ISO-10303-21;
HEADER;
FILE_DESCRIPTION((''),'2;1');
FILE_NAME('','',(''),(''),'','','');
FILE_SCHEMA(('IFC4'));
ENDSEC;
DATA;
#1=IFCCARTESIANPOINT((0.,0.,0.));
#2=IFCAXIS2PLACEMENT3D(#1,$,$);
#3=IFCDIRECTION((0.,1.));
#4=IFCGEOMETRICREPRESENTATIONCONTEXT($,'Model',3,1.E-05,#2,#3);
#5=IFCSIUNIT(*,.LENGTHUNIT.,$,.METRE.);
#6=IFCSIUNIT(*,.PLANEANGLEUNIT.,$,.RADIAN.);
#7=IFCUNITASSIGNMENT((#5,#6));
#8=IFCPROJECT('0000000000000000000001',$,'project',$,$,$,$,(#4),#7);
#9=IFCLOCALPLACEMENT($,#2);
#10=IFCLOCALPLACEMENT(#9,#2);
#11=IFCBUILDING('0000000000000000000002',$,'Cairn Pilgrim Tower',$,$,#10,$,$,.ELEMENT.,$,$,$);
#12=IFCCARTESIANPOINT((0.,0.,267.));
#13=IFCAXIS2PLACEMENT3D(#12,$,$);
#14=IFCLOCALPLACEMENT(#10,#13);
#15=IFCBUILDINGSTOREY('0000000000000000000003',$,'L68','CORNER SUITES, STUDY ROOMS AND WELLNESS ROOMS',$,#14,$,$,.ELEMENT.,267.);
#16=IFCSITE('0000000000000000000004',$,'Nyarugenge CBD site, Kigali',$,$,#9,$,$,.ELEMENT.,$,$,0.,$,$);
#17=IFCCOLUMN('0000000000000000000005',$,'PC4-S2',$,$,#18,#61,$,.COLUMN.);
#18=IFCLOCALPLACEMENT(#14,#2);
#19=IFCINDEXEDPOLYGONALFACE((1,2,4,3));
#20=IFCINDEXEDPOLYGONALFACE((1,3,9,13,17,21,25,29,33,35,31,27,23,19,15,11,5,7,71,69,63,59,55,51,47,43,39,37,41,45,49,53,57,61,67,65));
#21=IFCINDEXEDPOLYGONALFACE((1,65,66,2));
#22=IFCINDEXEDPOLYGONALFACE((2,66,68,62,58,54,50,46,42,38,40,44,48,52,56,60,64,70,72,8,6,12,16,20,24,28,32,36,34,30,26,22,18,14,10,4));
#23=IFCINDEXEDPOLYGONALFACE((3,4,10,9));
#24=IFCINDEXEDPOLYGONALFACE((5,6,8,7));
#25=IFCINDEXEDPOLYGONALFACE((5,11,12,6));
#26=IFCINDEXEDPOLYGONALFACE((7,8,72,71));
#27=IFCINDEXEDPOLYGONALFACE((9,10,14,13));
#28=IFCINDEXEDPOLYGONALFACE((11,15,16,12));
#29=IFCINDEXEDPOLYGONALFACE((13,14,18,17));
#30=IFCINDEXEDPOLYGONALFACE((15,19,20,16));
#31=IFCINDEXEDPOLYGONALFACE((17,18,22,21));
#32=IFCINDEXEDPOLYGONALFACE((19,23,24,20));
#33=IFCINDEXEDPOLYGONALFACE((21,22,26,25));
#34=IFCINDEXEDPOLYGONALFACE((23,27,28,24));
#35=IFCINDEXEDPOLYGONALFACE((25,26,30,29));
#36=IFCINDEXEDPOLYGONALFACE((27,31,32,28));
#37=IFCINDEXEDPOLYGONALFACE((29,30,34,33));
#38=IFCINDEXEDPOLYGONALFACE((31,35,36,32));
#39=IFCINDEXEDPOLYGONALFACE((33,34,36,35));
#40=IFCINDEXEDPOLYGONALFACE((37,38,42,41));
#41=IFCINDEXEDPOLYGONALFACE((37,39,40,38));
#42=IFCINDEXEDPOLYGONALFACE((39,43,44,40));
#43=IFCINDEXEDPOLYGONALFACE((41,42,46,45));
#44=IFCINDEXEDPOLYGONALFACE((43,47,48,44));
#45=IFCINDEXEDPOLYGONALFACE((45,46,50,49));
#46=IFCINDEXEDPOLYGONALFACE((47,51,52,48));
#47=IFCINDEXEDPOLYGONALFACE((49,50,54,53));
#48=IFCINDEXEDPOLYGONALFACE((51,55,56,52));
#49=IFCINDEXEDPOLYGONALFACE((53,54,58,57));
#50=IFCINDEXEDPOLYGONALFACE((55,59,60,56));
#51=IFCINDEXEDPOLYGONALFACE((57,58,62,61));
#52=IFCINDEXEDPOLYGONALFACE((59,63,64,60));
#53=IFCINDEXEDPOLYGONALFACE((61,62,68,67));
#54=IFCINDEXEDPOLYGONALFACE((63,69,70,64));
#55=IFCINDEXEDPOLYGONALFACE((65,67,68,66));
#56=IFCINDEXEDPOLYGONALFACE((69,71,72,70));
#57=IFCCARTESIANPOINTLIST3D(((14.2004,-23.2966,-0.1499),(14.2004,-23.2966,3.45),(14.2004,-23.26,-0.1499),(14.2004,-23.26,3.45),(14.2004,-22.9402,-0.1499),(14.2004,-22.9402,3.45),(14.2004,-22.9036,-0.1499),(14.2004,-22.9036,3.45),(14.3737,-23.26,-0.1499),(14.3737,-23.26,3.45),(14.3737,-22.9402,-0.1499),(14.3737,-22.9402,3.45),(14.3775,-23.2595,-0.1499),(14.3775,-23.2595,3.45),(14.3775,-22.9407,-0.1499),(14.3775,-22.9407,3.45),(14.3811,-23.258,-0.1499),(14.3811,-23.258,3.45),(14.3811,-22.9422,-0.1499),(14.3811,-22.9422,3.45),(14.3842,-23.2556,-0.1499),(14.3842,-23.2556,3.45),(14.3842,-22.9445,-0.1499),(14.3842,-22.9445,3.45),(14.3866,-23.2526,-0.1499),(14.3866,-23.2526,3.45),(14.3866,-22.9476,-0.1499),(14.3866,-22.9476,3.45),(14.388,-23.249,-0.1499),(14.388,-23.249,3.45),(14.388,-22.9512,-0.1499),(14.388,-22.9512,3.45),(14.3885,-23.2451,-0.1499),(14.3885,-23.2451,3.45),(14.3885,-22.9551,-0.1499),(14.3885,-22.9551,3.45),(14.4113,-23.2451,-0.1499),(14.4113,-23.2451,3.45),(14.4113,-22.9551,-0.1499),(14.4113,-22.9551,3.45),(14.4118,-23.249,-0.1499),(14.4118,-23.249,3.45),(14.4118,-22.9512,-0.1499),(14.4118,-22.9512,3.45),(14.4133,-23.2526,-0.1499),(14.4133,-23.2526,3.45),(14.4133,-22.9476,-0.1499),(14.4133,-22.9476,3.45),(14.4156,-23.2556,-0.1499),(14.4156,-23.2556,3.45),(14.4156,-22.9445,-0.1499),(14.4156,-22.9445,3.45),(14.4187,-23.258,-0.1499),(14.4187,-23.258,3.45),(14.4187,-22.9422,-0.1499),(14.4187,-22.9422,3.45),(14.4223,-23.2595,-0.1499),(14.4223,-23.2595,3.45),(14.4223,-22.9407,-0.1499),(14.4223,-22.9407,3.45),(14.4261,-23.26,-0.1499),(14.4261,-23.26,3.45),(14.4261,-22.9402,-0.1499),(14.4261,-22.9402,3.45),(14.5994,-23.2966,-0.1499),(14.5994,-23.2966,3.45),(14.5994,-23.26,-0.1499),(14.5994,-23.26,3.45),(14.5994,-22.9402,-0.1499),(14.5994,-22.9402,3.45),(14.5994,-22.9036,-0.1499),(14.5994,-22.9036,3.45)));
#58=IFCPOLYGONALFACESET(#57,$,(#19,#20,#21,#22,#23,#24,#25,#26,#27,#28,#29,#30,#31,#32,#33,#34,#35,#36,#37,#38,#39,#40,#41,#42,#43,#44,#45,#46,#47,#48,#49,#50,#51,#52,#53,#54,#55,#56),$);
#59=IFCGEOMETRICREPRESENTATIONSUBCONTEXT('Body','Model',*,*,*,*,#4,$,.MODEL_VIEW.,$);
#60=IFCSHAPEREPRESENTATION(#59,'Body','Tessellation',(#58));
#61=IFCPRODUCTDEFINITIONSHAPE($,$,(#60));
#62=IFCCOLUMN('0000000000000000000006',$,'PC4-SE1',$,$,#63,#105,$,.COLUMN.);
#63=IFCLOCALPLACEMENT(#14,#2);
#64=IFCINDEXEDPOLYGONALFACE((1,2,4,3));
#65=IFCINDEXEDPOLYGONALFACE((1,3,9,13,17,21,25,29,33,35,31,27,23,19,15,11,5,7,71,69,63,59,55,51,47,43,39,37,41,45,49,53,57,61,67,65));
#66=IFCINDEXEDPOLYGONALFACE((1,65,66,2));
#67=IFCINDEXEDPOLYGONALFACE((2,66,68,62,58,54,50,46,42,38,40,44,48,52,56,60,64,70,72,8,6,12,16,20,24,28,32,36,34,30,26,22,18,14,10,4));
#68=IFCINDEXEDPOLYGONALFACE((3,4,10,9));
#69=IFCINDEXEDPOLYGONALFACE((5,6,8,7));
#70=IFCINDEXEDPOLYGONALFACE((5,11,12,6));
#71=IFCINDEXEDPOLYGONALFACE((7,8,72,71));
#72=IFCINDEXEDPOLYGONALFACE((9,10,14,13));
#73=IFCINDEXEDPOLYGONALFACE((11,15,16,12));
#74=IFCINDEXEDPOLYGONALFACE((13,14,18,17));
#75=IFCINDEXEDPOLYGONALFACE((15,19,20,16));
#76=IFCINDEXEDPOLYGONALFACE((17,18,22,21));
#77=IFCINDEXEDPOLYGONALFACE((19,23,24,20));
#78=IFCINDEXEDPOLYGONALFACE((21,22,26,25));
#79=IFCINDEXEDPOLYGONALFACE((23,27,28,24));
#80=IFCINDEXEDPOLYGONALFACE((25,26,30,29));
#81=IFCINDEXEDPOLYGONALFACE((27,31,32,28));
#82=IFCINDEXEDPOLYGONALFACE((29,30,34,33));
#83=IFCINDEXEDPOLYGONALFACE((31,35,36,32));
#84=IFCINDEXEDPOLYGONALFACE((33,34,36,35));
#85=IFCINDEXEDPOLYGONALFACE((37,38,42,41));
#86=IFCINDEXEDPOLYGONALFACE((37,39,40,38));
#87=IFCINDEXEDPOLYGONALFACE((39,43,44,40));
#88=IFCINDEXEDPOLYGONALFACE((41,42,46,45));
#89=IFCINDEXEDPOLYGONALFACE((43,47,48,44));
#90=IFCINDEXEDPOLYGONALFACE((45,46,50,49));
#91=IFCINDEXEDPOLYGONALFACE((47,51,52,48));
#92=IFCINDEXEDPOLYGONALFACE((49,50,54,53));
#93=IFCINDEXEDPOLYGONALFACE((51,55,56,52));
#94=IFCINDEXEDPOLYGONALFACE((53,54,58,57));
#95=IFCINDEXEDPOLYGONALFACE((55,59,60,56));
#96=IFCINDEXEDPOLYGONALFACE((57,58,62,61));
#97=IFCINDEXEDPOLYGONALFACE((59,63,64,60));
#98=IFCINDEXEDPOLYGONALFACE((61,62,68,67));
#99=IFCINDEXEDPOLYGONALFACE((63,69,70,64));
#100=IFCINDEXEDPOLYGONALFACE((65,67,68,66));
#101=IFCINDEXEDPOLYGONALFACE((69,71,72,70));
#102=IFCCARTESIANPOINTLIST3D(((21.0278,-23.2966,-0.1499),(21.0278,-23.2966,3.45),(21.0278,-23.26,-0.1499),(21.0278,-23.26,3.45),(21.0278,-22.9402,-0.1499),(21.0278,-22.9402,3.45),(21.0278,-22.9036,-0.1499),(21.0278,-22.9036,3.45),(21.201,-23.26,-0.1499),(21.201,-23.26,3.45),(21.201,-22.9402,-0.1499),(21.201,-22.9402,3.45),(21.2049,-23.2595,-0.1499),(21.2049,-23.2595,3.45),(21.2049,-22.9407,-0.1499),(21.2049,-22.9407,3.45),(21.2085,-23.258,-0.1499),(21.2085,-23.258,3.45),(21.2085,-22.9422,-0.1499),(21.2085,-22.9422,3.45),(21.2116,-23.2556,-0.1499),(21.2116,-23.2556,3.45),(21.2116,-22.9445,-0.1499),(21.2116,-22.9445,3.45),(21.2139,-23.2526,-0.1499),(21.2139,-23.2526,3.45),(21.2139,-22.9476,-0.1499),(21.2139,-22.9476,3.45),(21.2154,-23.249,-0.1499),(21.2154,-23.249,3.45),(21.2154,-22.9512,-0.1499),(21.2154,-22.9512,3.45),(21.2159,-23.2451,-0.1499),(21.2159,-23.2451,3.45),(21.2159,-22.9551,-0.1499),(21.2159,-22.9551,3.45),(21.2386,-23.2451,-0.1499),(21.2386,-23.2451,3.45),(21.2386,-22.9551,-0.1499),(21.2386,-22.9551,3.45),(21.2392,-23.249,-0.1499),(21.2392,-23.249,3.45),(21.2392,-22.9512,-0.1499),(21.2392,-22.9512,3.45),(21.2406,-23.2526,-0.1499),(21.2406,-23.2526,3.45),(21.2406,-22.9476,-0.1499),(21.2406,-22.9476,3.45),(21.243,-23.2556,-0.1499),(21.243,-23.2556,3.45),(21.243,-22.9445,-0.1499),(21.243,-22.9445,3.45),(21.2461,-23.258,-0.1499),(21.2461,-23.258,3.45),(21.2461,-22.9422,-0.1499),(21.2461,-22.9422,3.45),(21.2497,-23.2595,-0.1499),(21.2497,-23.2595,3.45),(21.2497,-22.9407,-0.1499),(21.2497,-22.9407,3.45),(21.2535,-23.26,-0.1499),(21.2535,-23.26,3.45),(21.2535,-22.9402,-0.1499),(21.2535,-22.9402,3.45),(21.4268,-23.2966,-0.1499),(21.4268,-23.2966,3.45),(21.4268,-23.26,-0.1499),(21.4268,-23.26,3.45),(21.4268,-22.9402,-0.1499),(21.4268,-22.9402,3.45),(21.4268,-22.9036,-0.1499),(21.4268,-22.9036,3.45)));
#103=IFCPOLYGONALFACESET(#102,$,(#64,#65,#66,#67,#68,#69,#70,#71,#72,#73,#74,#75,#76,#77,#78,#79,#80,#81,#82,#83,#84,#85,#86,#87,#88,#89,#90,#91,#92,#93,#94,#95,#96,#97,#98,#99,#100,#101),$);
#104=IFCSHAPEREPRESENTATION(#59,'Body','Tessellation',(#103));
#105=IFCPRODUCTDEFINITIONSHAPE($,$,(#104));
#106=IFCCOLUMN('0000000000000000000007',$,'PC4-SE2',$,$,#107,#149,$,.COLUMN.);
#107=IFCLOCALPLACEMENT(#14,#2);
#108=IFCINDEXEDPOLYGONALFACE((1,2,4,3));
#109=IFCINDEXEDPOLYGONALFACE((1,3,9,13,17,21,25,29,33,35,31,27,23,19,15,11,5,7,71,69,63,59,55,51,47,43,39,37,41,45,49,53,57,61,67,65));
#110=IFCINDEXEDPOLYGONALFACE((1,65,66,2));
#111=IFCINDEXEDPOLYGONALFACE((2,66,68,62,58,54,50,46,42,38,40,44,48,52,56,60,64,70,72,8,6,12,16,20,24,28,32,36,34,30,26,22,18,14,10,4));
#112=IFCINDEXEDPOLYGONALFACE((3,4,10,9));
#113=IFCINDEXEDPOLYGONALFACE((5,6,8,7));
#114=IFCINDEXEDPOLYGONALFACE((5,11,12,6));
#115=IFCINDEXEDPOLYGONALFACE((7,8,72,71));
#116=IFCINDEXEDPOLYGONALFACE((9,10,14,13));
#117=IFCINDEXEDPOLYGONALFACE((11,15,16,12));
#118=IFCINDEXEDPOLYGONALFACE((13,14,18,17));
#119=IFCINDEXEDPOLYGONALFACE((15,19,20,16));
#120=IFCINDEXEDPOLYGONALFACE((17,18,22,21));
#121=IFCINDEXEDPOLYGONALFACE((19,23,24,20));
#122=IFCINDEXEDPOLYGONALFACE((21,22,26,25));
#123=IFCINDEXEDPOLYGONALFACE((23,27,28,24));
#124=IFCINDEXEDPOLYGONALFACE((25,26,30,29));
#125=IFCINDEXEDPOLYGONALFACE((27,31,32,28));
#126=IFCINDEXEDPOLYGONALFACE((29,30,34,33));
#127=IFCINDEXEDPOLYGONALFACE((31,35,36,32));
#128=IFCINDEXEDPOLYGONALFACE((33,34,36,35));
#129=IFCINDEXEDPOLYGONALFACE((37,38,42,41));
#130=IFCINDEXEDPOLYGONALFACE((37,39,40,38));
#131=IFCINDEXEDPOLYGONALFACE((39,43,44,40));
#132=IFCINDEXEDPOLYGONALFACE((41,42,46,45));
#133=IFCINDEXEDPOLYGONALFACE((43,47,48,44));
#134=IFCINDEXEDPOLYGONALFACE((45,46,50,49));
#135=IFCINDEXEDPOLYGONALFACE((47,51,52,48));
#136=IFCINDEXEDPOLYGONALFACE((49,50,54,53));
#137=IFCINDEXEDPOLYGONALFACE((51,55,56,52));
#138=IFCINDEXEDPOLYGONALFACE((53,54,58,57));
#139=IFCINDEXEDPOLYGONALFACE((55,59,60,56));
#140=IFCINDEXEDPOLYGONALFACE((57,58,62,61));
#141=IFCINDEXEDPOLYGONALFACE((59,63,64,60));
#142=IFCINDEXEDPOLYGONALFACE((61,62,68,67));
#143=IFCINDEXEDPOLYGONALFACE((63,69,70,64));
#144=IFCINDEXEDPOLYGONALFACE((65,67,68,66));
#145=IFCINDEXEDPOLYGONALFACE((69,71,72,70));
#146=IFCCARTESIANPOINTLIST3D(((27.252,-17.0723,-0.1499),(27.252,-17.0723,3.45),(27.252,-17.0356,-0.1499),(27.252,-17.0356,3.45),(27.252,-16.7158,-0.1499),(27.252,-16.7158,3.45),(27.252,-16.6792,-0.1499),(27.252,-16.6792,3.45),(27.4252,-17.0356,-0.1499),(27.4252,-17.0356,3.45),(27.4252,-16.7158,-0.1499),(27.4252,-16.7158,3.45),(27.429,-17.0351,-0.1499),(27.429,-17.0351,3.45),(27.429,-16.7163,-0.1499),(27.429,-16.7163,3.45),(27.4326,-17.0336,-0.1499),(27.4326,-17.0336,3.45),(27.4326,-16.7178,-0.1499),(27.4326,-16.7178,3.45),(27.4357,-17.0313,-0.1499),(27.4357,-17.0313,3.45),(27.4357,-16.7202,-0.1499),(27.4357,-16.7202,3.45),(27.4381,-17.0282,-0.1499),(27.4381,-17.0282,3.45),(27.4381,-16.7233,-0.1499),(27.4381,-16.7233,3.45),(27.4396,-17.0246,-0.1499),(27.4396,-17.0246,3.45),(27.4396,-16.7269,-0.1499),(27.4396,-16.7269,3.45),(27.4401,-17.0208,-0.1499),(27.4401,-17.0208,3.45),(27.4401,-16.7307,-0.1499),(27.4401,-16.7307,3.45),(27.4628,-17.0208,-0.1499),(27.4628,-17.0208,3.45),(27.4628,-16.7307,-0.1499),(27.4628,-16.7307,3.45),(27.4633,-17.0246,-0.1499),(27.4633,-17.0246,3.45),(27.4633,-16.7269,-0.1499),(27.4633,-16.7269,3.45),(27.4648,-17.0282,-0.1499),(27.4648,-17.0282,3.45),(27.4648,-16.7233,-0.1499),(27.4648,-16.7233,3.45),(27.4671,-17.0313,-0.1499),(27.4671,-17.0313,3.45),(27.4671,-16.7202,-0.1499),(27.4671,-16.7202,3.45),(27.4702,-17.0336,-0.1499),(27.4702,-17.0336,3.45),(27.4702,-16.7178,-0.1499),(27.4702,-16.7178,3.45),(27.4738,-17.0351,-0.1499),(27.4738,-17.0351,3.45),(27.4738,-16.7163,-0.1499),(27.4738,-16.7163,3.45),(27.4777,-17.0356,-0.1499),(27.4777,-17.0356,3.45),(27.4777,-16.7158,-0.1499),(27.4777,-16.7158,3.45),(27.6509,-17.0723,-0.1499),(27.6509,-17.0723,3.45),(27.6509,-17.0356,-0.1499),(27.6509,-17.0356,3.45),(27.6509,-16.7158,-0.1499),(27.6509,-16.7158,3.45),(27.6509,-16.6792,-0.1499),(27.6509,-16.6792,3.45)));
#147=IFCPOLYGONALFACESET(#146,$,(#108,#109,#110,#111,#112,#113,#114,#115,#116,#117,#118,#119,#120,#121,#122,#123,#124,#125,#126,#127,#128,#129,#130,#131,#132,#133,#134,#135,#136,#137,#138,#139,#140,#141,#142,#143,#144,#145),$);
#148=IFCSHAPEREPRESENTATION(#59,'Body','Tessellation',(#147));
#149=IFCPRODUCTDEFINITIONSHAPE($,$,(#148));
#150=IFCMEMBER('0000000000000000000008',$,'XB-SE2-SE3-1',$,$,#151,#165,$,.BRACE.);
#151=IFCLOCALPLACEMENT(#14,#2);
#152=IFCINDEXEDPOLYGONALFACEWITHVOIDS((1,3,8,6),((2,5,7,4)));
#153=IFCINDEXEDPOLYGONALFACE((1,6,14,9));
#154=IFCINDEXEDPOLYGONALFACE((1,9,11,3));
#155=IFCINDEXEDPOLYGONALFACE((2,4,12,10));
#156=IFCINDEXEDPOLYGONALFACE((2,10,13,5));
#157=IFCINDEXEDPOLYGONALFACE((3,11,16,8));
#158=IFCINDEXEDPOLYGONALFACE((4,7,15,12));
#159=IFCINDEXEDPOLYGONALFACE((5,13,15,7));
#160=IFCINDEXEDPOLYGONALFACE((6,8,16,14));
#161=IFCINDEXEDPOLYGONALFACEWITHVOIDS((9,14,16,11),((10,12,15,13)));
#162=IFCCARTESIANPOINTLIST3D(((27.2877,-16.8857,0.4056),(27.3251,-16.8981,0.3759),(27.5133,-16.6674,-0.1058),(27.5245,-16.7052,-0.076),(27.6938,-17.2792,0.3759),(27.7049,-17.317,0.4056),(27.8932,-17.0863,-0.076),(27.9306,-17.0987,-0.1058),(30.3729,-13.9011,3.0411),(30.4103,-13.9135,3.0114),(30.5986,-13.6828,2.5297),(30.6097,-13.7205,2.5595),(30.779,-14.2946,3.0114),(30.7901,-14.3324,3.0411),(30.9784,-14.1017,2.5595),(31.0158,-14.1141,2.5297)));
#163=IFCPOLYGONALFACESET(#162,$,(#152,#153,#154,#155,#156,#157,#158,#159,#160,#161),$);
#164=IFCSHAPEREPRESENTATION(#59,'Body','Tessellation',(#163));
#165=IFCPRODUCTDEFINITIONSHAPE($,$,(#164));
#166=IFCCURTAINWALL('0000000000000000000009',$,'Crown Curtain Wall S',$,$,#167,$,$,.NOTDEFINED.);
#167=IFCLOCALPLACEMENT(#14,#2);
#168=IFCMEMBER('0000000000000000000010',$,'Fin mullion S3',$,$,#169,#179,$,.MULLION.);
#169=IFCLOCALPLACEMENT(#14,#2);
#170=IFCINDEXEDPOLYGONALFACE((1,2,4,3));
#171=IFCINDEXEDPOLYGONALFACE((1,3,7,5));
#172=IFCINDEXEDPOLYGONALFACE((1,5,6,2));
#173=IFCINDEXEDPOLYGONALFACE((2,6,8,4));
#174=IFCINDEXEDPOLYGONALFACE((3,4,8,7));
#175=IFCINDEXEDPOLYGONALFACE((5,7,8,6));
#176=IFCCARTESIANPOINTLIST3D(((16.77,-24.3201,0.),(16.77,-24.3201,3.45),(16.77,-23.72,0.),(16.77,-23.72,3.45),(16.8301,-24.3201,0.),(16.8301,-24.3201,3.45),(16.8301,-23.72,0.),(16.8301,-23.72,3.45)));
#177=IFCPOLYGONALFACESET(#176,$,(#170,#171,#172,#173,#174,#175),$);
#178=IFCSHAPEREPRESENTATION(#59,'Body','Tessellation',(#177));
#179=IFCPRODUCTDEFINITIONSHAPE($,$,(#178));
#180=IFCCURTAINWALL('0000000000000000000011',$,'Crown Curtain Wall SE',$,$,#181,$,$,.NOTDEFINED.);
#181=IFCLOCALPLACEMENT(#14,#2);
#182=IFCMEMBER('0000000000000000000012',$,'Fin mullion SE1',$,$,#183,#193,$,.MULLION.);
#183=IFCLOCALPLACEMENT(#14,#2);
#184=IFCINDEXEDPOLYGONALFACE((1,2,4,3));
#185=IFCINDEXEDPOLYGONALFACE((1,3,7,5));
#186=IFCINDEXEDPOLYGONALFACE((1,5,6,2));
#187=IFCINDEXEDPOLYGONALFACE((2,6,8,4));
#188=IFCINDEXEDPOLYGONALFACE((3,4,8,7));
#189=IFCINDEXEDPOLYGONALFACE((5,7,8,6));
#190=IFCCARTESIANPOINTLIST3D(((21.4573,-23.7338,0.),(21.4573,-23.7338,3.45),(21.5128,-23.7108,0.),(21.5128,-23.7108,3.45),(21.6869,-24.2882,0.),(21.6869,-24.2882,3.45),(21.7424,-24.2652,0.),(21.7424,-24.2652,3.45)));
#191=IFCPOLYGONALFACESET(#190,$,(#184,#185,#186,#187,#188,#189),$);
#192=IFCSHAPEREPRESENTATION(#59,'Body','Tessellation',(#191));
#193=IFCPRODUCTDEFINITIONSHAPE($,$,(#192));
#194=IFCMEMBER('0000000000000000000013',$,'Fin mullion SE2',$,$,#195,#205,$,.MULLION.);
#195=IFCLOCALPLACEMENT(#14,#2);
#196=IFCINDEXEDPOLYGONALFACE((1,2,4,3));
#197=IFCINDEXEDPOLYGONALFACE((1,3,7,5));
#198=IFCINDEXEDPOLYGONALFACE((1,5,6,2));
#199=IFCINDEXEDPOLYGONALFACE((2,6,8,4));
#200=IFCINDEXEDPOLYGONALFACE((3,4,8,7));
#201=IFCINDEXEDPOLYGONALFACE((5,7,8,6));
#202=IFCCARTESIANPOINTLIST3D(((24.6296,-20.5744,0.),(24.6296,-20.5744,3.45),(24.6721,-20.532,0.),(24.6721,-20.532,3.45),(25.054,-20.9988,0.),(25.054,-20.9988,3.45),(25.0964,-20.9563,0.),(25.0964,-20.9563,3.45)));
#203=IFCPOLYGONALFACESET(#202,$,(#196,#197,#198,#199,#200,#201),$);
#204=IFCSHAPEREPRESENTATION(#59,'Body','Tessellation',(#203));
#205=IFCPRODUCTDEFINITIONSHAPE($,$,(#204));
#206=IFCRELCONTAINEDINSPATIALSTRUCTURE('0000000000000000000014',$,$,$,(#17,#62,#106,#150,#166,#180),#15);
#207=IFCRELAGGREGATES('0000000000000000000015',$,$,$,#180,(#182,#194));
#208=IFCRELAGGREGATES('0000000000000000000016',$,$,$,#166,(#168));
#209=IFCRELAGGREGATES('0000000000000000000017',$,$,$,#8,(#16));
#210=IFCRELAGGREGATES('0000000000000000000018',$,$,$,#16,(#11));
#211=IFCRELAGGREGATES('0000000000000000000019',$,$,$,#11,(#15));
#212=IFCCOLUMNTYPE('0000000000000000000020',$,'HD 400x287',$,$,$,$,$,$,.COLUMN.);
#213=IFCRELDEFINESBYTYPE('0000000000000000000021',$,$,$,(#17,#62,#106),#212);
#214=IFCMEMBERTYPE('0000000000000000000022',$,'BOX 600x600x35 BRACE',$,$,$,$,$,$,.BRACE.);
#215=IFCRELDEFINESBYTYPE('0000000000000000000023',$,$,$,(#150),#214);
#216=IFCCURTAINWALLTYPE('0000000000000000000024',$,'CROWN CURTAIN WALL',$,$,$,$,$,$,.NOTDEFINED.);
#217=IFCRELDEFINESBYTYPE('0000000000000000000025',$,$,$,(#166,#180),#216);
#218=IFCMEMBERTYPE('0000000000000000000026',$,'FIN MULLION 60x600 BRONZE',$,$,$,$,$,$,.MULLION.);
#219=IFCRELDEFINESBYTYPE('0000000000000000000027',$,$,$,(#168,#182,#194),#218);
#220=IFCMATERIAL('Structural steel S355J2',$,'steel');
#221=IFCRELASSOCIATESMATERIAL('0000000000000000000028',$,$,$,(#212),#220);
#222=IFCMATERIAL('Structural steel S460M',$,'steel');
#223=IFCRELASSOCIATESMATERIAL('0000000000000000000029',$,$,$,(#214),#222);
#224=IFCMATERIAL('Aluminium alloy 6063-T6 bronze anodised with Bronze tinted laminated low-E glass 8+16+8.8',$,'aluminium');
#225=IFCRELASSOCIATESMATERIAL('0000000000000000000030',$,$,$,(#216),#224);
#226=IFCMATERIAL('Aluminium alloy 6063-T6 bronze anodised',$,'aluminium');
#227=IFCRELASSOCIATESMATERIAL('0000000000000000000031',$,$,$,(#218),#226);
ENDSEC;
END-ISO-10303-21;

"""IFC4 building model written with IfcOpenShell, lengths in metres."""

from ifc_helpers import new_model, si_unit, direction, frame, origin, origin_2d, place, context, subcontext, project, spatial, rectangle, hollow_rectangle, i_section, extrude, material, material_profile, profile_set, type_object, element, aggregate, save


model = new_model("IFC4")

# Units and contexts
model_context = context("Model", 3, precision=1e-05, world=origin(), true_north=direction((0.0, 1.0)))
body_context = subcontext(model_context, "Body", "Model", "MODEL_VIEW")
ifc_project = project(units=[si_unit("LENGTHUNIT", "METRE"), si_unit("PLANEANGLEUNIT", "RADIAN")], contexts=[model_context])

# Site, building, storey
site_placement = place(None, origin())
site = spatial("IfcSite", under=ifc_project, at=site_placement, Name="Nyarugenge CBD site, Kigali", CompositionType="ELEMENT", RefElevation=0.0)
building_placement = place(site_placement, origin())
building = spatial("IfcBuilding", under=site, at=building_placement, Name="Cairn Pilgrim Tower", CompositionType="ELEMENT")
storey_placement = place(building_placement, frame((0.0, 0.0, 267.0)))
storey = spatial("IfcBuildingStorey", under=building, at=storey_placement, Name="L68", Description="CORNER SUITES, STUDY ROOMS AND WELLNESS ROOMS", CompositionType="ELEMENT", Elevation=267.0)

# Columns
ifc_material_1 = material(Name="Structural steel S355J2", Category="steel")
ifc_material_profile_1 = material_profile(ifc_material_1, i_section(OverallWidth=0.3989, OverallDepth=0.3931, WebThickness=0.0227, FlangeThickness=0.0366, FilletRadius=0.0149, at=origin_2d()), Name="HD 400x287")
ifc_profile_set_1 = profile_set([ifc_material_profile_1], Name="Structural steel S355J2")
column_type = type_object("IfcColumnType", Name="HD 400x287", PredefinedType="COLUMN", material=ifc_profile_set_1)
for number, where, z_axis, x_axis, name in (
    (1, (14.3999, -23.1001, -0.1499), (0.0, 0.0, 1.0), (1.0, 0.0, 0.0), "PC4-S2"),
    (2, (21.2273, -23.1001, -0.1499), (0.0, 0.0, 1.0), (1.0, 0.0, 0.0), "PC4-SE1"),
    (3, (27.4514, -16.8757, -0.1499), (0.0, 0.0, 1.0), (1.0, 0.0, 0.0), "PC4-SE2"),
):
    element("IfcColumn", number, at=place(storey_placement, frame(where, z_axis=z_axis, x_axis=x_axis)), inside=storey, type_object=column_type, Name=name, PredefinedType="COLUMN", context=body_context, shape_type="SweptSolid", body=[
        extrude(i_section(OverallWidth=0.3989, OverallDepth=0.3931, WebThickness=0.0227, FlangeThickness=0.0366, FilletRadius=0.0149, at=origin_2d()), origin(), (0.0, 0.0, 1.0), 3.5999),
    ])

# Member
ifc_material_2 = material(Name="Structural steel S460M", Category="steel")
ifc_material_profile_2 = material_profile(ifc_material_2, hollow_rectangle(XDim=0.6001, YDim=0.6001, WallThickness=0.0349, at=origin_2d()), Name="BOX 600x600x35")
ifc_profile_set_2 = profile_set([ifc_material_profile_2], Name="Structural steel S460M")
member_type_1 = type_object("IfcMemberType", Name="BOX 600x600x35 BRACE", PredefinedType="BRACE", material=ifc_profile_set_2)
member_1_placement = place(storey_placement, frame((27.6091, -16.9922, 0.1499), z_axis=(0.612497, 0.592528, 0.523218), x_axis=(-0.695294, 0.718726, 0.0)))
element("IfcMember", 4, at=member_1_placement, inside=storey, type_object=member_type_1, Name="XB-SE2-SE3-1", PredefinedType="BRACE", context=body_context, shape_type="SweptSolid", body=[
    extrude(hollow_rectangle(XDim=0.6001, YDim=0.6001, WallThickness=0.0349, at=origin_2d()), origin(), (0.0, 0.0, 1.0), 5.0371),
])

# Curtain wall, member
ifc_material_3 = material(Name="Aluminium alloy 6063-T6 bronze anodised with Bronze tinted laminated low-E glass 8+16+8.8", Category="aluminium")
curtain_wall_type = type_object("IfcCurtainWallType", Name="CROWN CURTAIN WALL", PredefinedType="NOTDEFINED", material=ifc_material_3)
curtain_wall_1_placement = place(storey_placement, origin())
curtain_wall_1 = element("IfcCurtainWall", 5, at=curtain_wall_1_placement, inside=storey, type_object=curtain_wall_type, Name="Crown Curtain Wall S", PredefinedType="NOTDEFINED")
ifc_material_4 = material(Name="Aluminium alloy 6063-T6 bronze anodised", Category="aluminium")
ifc_material_profile_3 = material_profile(ifc_material_4, rectangle(XDim=0.6001, YDim=0.0601, at=origin_2d()), Name="FIN MULLION 60x600 BRONZE")
ifc_profile_set_3 = profile_set([ifc_material_profile_3], Name="Aluminium alloy 6063-T6 bronze anodised")
member_type_2 = type_object("IfcMemberType", Name="FIN MULLION 60x600 BRONZE", PredefinedType="MULLION", material=ifc_profile_set_3)
member_2_placement = place(storey_placement, frame((16.8, -24.02, 0.0), z_axis=(0.0, 0.0, 1.0), x_axis=(0.0, -1.0, 0.0)))
member_2 = element("IfcMember", 6, at=member_2_placement, type_object=member_type_2, Name="Fin mullion S3", PredefinedType="MULLION", context=body_context, shape_type="SweptSolid", body=[
    extrude(rectangle(XDim=0.6001, YDim=0.0601, at=origin_2d()), origin(), (0.0, 0.0, 1.0), 3.45),
])

# Curtain wall, members
curtain_wall_2_placement = place(storey_placement, origin())
curtain_wall_2 = element("IfcCurtainWall", 7, at=curtain_wall_2_placement, inside=storey, type_object=curtain_wall_type, Name="Crown Curtain Wall SE", PredefinedType="NOTDEFINED")
member_3_placement = place(storey_placement, frame((21.5999, -23.9995, 0.0), z_axis=(0.0, 0.0, 1.0), x_axis=(0.382683, -0.92388, 0.0)))
member_3 = element("IfcMember", 8, at=member_3_placement, type_object=member_type_2, Name="Fin mullion SE1", PredefinedType="MULLION", context=body_context, shape_type="SweptSolid", body=[
    extrude(rectangle(XDim=0.6001, YDim=0.0601, at=origin_2d()), origin(), (0.0, 0.0, 1.0), 3.45),
])
member_4_placement = place(storey_placement, frame((24.863, -20.7654, 0.0), z_axis=(0.0, 0.0, 1.0), x_axis=(0.707107, -0.707107, 0.0)))
member_4 = element("IfcMember", 9, at=member_4_placement, type_object=member_type_2, Name="Fin mullion SE2", PredefinedType="MULLION", context=body_context, shape_type="SweptSolid", body=[
    extrude(rectangle(XDim=0.6001, YDim=0.0601, at=origin_2d()), origin(), (0.0, 0.0, 1.0), 3.45),
])

aggregate(curtain_wall_2, [member_3, member_4])
aggregate(curtain_wall_1, [member_2])

save(model, "model.ifc")
